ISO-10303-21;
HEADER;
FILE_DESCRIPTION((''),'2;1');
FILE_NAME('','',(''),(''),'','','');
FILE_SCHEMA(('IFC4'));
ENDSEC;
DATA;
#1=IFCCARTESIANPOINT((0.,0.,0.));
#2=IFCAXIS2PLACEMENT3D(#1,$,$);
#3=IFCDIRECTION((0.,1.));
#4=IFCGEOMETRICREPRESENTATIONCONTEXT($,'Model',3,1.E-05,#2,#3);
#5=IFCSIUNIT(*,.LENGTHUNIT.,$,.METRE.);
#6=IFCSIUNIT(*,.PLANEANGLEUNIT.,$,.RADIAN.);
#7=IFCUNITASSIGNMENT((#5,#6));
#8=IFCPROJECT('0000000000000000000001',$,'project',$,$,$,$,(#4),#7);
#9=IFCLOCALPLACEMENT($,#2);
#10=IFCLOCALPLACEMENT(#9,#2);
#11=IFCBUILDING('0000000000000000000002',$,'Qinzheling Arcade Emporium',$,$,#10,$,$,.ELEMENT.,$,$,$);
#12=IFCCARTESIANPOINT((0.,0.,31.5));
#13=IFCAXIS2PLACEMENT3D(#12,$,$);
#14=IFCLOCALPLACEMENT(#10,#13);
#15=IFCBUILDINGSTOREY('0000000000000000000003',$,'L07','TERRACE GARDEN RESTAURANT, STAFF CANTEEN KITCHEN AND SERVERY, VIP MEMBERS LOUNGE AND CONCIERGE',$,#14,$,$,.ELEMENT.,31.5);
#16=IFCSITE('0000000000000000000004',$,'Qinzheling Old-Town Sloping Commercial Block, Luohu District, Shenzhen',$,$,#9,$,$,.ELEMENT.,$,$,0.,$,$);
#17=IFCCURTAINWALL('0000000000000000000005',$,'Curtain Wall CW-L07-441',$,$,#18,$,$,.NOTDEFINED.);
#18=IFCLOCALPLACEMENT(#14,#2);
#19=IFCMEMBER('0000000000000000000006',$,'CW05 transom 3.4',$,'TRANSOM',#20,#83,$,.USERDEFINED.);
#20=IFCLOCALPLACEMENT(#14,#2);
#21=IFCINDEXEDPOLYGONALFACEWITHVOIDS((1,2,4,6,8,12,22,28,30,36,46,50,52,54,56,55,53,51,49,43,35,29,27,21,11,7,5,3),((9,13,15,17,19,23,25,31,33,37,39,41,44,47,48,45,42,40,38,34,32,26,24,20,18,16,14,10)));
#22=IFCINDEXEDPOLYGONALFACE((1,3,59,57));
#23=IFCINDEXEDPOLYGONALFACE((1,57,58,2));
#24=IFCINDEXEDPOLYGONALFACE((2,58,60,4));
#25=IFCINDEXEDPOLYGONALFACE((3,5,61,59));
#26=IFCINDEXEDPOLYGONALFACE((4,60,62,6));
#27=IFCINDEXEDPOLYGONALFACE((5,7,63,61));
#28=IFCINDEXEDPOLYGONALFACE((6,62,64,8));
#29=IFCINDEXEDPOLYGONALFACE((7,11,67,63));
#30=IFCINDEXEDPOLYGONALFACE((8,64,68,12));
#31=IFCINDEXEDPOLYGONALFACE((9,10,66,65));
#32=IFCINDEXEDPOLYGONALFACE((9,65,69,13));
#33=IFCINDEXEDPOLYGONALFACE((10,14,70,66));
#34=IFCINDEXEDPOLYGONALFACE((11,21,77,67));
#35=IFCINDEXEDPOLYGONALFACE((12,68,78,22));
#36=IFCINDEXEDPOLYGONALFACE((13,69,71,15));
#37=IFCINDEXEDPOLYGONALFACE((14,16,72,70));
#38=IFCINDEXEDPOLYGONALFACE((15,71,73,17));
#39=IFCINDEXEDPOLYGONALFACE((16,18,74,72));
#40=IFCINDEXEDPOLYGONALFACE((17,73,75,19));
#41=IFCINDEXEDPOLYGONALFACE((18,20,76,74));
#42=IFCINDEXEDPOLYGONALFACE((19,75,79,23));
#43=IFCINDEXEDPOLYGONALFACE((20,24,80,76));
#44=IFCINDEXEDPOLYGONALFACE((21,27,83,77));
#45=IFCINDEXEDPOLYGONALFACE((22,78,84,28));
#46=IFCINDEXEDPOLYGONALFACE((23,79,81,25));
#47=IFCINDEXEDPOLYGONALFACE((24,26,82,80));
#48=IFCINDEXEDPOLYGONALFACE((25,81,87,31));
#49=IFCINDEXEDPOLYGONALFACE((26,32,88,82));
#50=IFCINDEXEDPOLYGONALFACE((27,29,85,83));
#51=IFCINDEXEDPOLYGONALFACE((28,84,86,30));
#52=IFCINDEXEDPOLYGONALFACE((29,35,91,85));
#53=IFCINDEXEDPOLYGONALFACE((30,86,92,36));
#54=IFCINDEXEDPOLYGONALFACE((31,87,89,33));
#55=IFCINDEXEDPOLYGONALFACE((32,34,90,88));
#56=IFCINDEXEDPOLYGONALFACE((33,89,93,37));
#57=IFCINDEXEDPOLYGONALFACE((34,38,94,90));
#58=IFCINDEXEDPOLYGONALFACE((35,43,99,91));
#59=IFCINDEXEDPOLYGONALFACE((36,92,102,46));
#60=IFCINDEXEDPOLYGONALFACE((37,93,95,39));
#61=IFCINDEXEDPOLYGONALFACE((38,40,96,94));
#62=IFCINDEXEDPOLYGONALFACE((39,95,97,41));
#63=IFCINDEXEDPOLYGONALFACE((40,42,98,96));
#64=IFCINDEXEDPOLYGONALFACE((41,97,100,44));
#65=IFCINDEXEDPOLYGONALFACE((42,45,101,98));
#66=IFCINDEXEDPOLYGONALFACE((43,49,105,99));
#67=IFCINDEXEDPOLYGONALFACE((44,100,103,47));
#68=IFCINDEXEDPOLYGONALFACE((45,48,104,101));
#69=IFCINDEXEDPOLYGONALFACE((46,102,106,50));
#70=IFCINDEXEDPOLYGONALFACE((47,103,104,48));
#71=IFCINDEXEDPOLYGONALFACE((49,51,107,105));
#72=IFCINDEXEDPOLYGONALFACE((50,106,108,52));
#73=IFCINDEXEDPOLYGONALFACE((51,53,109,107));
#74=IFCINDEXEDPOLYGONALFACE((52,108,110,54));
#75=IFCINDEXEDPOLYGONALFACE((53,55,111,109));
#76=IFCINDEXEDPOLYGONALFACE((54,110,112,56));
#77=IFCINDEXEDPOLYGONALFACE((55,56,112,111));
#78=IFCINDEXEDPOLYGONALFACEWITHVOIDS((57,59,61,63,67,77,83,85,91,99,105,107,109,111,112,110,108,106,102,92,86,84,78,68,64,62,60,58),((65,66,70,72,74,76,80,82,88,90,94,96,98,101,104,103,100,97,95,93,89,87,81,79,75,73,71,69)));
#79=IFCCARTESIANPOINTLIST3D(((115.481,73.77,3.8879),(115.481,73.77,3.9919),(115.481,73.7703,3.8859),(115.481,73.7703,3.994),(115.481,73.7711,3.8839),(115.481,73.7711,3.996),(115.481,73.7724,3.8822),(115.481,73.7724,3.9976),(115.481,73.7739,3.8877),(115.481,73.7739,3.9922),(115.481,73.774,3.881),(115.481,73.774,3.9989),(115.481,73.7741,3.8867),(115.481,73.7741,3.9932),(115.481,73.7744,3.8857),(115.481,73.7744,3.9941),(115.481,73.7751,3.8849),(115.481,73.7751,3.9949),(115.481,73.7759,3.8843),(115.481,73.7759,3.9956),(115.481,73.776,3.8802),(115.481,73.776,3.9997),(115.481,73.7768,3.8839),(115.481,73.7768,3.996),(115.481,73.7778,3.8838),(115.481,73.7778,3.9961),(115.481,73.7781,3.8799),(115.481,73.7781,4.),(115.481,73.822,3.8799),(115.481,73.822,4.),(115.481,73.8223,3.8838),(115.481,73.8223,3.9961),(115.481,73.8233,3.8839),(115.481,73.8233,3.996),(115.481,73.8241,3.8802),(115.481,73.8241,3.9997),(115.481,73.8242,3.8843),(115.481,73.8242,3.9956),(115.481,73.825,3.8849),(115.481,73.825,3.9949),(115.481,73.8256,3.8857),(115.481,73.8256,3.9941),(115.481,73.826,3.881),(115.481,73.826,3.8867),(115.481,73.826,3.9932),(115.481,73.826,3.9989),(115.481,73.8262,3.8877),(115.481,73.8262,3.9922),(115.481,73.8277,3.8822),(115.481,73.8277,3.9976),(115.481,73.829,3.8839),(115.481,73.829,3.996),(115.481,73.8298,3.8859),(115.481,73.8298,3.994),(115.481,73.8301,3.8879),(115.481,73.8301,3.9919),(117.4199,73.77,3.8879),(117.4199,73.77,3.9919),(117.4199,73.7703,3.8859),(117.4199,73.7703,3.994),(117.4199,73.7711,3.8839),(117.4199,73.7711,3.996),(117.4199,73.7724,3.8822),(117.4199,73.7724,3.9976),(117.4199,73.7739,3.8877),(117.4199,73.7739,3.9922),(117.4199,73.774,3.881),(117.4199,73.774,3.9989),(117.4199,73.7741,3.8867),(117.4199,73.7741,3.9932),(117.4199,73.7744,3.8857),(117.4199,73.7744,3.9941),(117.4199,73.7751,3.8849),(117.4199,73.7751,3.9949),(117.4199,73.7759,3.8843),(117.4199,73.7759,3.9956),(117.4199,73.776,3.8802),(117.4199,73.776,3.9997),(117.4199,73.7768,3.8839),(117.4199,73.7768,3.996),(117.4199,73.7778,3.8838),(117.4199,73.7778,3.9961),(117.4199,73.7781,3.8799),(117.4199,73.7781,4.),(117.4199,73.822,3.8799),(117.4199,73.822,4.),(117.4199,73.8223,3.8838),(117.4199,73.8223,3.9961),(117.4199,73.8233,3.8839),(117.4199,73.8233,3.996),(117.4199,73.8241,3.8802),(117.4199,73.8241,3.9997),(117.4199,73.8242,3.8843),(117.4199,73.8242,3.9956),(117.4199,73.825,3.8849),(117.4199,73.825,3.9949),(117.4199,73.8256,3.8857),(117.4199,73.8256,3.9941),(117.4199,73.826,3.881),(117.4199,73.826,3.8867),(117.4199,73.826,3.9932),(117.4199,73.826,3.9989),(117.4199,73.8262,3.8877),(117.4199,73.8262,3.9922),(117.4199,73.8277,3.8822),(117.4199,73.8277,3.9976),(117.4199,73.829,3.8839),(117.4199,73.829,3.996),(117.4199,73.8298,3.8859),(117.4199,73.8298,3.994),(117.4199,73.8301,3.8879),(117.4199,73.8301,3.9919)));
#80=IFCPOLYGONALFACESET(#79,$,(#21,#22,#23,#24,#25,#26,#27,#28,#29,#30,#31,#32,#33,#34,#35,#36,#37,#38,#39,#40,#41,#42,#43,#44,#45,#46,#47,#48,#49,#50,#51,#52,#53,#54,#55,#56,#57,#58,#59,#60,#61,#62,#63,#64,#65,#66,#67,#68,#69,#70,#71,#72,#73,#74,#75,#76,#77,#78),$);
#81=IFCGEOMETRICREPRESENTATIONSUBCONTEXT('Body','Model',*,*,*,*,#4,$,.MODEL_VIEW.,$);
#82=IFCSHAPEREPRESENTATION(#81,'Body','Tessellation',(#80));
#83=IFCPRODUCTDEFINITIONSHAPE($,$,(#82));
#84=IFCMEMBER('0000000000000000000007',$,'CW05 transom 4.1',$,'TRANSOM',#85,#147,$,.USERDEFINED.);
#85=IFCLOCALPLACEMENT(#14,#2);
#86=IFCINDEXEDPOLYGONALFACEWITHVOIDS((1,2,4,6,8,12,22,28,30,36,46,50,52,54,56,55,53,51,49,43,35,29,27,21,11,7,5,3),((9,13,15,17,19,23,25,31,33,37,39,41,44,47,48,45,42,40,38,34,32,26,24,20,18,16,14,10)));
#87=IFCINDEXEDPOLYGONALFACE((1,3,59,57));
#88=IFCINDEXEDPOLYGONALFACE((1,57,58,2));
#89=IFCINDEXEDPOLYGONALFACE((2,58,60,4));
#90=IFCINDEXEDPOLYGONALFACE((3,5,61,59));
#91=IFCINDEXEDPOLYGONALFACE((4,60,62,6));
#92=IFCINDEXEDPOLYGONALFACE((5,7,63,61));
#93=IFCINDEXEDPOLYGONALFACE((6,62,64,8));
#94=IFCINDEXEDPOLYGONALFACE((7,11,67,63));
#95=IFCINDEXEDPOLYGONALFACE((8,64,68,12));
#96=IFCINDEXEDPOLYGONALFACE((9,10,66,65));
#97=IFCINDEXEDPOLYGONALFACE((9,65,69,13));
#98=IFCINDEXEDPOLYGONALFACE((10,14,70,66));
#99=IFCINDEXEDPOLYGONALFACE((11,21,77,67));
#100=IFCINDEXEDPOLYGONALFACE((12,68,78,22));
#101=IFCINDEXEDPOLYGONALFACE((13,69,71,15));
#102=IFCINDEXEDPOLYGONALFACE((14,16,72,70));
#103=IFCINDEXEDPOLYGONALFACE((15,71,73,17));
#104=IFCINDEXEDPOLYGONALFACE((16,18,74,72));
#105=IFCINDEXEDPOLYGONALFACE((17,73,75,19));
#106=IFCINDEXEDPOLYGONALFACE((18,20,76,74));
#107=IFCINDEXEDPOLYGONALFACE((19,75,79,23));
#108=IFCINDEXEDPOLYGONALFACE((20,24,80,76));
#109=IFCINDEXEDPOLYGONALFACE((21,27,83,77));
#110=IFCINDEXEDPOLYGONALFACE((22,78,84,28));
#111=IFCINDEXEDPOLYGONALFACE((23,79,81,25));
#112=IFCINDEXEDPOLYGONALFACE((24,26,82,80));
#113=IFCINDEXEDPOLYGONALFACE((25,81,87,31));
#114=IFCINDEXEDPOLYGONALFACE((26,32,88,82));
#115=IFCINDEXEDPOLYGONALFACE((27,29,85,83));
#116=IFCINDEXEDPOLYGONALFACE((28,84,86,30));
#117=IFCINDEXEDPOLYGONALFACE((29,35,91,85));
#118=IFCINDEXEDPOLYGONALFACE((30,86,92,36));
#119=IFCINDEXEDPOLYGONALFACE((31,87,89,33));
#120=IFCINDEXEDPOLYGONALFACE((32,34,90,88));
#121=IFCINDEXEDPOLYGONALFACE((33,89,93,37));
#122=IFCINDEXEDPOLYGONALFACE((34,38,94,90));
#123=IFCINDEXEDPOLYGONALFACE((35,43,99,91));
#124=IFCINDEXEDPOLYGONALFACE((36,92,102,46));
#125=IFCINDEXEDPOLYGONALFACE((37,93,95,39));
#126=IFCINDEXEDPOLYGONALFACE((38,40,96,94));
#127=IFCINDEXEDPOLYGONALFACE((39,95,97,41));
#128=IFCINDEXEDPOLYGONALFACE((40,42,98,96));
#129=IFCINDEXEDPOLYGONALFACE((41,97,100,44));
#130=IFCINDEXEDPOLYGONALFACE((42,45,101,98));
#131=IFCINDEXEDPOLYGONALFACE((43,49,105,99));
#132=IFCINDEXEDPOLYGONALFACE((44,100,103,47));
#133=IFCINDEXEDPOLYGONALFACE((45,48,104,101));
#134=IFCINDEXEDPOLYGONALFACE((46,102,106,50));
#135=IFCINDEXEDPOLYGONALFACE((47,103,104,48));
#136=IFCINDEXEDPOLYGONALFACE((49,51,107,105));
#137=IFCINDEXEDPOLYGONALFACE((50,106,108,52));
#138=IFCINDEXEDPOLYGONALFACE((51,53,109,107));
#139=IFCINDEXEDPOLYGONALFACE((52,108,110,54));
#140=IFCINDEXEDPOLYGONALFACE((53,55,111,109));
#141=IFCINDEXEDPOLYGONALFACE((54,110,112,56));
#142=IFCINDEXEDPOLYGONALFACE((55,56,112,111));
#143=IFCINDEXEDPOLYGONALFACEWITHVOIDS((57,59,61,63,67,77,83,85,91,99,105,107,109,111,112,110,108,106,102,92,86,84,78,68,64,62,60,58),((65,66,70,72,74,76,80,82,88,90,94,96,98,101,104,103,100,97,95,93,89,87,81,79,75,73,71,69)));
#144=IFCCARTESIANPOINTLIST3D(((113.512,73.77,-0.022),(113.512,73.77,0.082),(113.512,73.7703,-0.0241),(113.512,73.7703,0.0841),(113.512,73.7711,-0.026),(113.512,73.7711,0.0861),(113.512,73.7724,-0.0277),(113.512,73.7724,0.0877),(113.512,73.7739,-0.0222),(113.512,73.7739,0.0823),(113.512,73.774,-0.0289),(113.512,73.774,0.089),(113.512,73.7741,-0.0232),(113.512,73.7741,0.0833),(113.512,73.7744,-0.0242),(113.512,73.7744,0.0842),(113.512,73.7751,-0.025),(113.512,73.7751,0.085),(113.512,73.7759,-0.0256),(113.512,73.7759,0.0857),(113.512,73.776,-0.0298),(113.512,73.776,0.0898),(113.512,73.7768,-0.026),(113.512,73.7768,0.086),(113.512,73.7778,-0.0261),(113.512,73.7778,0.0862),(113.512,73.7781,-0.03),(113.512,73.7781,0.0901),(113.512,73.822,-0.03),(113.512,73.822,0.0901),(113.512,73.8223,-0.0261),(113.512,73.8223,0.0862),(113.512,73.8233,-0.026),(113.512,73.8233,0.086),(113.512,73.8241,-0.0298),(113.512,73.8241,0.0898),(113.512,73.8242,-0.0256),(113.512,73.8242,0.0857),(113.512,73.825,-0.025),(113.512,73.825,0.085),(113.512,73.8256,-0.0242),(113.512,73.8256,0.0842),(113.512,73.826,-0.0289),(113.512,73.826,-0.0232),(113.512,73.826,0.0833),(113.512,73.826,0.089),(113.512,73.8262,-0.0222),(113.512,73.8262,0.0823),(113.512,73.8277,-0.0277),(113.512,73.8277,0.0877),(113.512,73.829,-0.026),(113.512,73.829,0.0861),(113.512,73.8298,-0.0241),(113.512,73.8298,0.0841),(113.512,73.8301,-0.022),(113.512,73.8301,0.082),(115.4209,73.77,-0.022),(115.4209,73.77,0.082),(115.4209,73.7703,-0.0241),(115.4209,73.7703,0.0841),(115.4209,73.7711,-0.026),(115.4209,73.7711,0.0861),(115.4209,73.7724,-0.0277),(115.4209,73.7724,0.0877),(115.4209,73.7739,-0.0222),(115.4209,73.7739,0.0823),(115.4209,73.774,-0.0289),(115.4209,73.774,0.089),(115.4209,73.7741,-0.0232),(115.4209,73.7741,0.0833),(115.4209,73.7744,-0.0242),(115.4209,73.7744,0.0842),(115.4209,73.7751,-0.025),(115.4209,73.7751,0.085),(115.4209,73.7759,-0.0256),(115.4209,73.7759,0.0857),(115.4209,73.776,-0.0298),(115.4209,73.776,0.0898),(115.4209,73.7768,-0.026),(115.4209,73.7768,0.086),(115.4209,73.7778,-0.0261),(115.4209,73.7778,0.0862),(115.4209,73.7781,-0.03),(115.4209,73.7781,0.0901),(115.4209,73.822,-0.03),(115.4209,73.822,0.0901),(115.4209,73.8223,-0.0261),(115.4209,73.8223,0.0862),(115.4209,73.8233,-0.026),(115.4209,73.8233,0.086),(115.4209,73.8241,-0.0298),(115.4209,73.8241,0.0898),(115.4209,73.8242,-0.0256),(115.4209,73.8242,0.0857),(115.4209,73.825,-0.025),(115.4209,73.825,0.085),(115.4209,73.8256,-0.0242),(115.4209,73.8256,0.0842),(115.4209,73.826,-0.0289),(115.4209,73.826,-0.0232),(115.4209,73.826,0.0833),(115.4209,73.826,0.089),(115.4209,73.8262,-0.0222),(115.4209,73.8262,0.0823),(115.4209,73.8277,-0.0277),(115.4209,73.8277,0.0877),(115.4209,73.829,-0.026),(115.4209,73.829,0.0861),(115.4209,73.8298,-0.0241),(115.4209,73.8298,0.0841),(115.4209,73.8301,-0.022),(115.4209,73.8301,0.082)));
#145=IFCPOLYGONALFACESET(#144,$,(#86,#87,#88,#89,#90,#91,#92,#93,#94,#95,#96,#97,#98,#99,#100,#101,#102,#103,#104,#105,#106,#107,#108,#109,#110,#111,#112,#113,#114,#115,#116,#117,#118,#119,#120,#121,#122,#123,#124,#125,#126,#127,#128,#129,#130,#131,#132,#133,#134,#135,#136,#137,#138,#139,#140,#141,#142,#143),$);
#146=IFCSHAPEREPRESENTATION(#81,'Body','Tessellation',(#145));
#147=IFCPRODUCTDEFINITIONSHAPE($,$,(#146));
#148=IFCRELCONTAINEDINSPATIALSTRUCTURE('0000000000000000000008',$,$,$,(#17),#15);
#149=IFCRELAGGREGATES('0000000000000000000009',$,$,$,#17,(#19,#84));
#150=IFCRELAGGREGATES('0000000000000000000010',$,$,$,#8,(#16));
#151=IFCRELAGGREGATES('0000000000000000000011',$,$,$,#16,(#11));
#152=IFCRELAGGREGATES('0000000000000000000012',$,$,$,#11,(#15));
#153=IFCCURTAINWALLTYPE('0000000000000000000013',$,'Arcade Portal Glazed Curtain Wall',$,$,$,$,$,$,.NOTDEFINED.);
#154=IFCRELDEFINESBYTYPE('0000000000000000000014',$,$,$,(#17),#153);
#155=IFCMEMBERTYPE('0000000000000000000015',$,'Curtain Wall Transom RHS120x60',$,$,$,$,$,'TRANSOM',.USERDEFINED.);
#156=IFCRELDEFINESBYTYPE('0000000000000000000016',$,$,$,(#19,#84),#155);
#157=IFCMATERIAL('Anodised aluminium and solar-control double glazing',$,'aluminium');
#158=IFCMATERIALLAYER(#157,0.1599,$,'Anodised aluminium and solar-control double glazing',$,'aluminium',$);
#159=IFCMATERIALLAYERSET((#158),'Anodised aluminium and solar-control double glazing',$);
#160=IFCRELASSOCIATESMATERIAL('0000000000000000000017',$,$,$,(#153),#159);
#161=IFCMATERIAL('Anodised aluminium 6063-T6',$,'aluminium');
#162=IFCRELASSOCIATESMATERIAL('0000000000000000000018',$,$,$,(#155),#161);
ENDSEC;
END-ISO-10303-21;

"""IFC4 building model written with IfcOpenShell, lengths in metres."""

from ifc_helpers import new_model, si_unit, direction, frame, origin, origin_2d, place, context, subcontext, project, spatial, hollow_rectangle, extrude, material, layer, layer_set, material_profile, profile_set, type_object, element, aggregate, save


model = new_model("IFC4")

# Units and contexts
model_context = context("Model", 3, precision=1e-05, world=origin(), true_north=direction((0.0, 1.0)))
body_context = subcontext(model_context, "Body", "Model", "MODEL_VIEW")
ifc_project = project(units=[si_unit("LENGTHUNIT", "METRE"), si_unit("PLANEANGLEUNIT", "RADIAN")], contexts=[model_context])

# Site, building, storey
site_placement = place(None, origin())
site = spatial("IfcSite", under=ifc_project, at=site_placement, Name="Qinzheling Old-Town Sloping Commercial Block, Luohu District, Shenzhen", CompositionType="ELEMENT", RefElevation=0.0)
building_placement = place(site_placement, origin())
building = spatial("IfcBuilding", under=site, at=building_placement, Name="Qinzheling Arcade Emporium", CompositionType="ELEMENT")
storey_placement = place(building_placement, frame((0.0, 0.0, 31.5)))
storey = spatial("IfcBuildingStorey", under=building, at=storey_placement, Name="L07", Description="TERRACE GARDEN RESTAURANT, STAFF CANTEEN KITCHEN AND SERVERY, VIP MEMBERS LOUNGE AND CONCIERGE", CompositionType="ELEMENT", Elevation=31.5)

# Curtain wall, members
ifc_material_1 = material(Name="Anodised aluminium and solar-control double glazing", Category="aluminium")
ifc_layer_1 = layer(ifc_material_1, 0.1599, Name="Anodised aluminium and solar-control double glazing", Category="aluminium")
ifc_layer_set_1 = layer_set([ifc_layer_1], Name="Anodised aluminium and solar-control double glazing")
curtain_wall_type = type_object("IfcCurtainWallType", Name="Arcade Portal Glazed Curtain Wall", PredefinedType="NOTDEFINED", material=ifc_layer_set_1)
curtain_wall_placement = place(storey_placement, origin())
curtain_wall = element("IfcCurtainWall", 1, at=curtain_wall_placement, inside=storey, type_object=curtain_wall_type, Name="Curtain Wall CW-L07-441", PredefinedType="NOTDEFINED")
ifc_material_2 = material(Name="Anodised aluminium 6063-T6", Category="aluminium")
ifc_material_profile_1 = material_profile(ifc_material_2, hollow_rectangle(XDim=0.0601, YDim=0.1201, WallThickness=0.0039, InnerFilletRadius=0.0039, OuterFilletRadius=0.0081, at=origin_2d()), Name="RHS 120x60x4", Category="aluminium")
ifc_profile_set_1 = profile_set([ifc_material_profile_1], Name="Anodised aluminium 6063-T6")
member_type_1 = type_object("IfcMemberType", Name="Curtain Wall Transom RHS120x60", ElementType="TRANSOM", PredefinedType="USERDEFINED", material=ifc_profile_set_1)
member_1_placement = place(storey_placement, frame((117.4199, 73.8, 3.9399), z_axis=(-1.0, 0.0, 0.0), x_axis=(0.0, -1.0, 0.0)))
member_1 = element("IfcMember", 2, at=member_1_placement, type_object=member_type_1, Name="CW05 transom 3.4", ObjectType="TRANSOM", PredefinedType="USERDEFINED", context=body_context, shape_type="SweptSolid", body=[
    extrude(hollow_rectangle(XDim=0.0601, YDim=0.1201, WallThickness=0.0039, InnerFilletRadius=0.0039, OuterFilletRadius=0.0081, at=origin_2d()), origin(), (0.0, 0.0, 1.0), 1.939),
])
member_2_placement = place(storey_placement, frame((115.4209, 73.8, 0.03), z_axis=(-1.0, 0.0, 0.0), x_axis=(0.0, -1.0, 0.0)))
member_2 = element("IfcMember", 3, at=member_2_placement, type_object=member_type_1, Name="CW05 transom 4.1", ObjectType="TRANSOM", PredefinedType="USERDEFINED", context=body_context, shape_type="SweptSolid", body=[
    extrude(hollow_rectangle(XDim=0.0601, YDim=0.1201, WallThickness=0.0039, InnerFilletRadius=0.0039, OuterFilletRadius=0.0081, at=origin_2d()), origin(), (0.0, 0.0, 1.0), 1.9089),
])
aggregate(curtain_wall, [member_1, member_2])

save(model, "model.ifc")
